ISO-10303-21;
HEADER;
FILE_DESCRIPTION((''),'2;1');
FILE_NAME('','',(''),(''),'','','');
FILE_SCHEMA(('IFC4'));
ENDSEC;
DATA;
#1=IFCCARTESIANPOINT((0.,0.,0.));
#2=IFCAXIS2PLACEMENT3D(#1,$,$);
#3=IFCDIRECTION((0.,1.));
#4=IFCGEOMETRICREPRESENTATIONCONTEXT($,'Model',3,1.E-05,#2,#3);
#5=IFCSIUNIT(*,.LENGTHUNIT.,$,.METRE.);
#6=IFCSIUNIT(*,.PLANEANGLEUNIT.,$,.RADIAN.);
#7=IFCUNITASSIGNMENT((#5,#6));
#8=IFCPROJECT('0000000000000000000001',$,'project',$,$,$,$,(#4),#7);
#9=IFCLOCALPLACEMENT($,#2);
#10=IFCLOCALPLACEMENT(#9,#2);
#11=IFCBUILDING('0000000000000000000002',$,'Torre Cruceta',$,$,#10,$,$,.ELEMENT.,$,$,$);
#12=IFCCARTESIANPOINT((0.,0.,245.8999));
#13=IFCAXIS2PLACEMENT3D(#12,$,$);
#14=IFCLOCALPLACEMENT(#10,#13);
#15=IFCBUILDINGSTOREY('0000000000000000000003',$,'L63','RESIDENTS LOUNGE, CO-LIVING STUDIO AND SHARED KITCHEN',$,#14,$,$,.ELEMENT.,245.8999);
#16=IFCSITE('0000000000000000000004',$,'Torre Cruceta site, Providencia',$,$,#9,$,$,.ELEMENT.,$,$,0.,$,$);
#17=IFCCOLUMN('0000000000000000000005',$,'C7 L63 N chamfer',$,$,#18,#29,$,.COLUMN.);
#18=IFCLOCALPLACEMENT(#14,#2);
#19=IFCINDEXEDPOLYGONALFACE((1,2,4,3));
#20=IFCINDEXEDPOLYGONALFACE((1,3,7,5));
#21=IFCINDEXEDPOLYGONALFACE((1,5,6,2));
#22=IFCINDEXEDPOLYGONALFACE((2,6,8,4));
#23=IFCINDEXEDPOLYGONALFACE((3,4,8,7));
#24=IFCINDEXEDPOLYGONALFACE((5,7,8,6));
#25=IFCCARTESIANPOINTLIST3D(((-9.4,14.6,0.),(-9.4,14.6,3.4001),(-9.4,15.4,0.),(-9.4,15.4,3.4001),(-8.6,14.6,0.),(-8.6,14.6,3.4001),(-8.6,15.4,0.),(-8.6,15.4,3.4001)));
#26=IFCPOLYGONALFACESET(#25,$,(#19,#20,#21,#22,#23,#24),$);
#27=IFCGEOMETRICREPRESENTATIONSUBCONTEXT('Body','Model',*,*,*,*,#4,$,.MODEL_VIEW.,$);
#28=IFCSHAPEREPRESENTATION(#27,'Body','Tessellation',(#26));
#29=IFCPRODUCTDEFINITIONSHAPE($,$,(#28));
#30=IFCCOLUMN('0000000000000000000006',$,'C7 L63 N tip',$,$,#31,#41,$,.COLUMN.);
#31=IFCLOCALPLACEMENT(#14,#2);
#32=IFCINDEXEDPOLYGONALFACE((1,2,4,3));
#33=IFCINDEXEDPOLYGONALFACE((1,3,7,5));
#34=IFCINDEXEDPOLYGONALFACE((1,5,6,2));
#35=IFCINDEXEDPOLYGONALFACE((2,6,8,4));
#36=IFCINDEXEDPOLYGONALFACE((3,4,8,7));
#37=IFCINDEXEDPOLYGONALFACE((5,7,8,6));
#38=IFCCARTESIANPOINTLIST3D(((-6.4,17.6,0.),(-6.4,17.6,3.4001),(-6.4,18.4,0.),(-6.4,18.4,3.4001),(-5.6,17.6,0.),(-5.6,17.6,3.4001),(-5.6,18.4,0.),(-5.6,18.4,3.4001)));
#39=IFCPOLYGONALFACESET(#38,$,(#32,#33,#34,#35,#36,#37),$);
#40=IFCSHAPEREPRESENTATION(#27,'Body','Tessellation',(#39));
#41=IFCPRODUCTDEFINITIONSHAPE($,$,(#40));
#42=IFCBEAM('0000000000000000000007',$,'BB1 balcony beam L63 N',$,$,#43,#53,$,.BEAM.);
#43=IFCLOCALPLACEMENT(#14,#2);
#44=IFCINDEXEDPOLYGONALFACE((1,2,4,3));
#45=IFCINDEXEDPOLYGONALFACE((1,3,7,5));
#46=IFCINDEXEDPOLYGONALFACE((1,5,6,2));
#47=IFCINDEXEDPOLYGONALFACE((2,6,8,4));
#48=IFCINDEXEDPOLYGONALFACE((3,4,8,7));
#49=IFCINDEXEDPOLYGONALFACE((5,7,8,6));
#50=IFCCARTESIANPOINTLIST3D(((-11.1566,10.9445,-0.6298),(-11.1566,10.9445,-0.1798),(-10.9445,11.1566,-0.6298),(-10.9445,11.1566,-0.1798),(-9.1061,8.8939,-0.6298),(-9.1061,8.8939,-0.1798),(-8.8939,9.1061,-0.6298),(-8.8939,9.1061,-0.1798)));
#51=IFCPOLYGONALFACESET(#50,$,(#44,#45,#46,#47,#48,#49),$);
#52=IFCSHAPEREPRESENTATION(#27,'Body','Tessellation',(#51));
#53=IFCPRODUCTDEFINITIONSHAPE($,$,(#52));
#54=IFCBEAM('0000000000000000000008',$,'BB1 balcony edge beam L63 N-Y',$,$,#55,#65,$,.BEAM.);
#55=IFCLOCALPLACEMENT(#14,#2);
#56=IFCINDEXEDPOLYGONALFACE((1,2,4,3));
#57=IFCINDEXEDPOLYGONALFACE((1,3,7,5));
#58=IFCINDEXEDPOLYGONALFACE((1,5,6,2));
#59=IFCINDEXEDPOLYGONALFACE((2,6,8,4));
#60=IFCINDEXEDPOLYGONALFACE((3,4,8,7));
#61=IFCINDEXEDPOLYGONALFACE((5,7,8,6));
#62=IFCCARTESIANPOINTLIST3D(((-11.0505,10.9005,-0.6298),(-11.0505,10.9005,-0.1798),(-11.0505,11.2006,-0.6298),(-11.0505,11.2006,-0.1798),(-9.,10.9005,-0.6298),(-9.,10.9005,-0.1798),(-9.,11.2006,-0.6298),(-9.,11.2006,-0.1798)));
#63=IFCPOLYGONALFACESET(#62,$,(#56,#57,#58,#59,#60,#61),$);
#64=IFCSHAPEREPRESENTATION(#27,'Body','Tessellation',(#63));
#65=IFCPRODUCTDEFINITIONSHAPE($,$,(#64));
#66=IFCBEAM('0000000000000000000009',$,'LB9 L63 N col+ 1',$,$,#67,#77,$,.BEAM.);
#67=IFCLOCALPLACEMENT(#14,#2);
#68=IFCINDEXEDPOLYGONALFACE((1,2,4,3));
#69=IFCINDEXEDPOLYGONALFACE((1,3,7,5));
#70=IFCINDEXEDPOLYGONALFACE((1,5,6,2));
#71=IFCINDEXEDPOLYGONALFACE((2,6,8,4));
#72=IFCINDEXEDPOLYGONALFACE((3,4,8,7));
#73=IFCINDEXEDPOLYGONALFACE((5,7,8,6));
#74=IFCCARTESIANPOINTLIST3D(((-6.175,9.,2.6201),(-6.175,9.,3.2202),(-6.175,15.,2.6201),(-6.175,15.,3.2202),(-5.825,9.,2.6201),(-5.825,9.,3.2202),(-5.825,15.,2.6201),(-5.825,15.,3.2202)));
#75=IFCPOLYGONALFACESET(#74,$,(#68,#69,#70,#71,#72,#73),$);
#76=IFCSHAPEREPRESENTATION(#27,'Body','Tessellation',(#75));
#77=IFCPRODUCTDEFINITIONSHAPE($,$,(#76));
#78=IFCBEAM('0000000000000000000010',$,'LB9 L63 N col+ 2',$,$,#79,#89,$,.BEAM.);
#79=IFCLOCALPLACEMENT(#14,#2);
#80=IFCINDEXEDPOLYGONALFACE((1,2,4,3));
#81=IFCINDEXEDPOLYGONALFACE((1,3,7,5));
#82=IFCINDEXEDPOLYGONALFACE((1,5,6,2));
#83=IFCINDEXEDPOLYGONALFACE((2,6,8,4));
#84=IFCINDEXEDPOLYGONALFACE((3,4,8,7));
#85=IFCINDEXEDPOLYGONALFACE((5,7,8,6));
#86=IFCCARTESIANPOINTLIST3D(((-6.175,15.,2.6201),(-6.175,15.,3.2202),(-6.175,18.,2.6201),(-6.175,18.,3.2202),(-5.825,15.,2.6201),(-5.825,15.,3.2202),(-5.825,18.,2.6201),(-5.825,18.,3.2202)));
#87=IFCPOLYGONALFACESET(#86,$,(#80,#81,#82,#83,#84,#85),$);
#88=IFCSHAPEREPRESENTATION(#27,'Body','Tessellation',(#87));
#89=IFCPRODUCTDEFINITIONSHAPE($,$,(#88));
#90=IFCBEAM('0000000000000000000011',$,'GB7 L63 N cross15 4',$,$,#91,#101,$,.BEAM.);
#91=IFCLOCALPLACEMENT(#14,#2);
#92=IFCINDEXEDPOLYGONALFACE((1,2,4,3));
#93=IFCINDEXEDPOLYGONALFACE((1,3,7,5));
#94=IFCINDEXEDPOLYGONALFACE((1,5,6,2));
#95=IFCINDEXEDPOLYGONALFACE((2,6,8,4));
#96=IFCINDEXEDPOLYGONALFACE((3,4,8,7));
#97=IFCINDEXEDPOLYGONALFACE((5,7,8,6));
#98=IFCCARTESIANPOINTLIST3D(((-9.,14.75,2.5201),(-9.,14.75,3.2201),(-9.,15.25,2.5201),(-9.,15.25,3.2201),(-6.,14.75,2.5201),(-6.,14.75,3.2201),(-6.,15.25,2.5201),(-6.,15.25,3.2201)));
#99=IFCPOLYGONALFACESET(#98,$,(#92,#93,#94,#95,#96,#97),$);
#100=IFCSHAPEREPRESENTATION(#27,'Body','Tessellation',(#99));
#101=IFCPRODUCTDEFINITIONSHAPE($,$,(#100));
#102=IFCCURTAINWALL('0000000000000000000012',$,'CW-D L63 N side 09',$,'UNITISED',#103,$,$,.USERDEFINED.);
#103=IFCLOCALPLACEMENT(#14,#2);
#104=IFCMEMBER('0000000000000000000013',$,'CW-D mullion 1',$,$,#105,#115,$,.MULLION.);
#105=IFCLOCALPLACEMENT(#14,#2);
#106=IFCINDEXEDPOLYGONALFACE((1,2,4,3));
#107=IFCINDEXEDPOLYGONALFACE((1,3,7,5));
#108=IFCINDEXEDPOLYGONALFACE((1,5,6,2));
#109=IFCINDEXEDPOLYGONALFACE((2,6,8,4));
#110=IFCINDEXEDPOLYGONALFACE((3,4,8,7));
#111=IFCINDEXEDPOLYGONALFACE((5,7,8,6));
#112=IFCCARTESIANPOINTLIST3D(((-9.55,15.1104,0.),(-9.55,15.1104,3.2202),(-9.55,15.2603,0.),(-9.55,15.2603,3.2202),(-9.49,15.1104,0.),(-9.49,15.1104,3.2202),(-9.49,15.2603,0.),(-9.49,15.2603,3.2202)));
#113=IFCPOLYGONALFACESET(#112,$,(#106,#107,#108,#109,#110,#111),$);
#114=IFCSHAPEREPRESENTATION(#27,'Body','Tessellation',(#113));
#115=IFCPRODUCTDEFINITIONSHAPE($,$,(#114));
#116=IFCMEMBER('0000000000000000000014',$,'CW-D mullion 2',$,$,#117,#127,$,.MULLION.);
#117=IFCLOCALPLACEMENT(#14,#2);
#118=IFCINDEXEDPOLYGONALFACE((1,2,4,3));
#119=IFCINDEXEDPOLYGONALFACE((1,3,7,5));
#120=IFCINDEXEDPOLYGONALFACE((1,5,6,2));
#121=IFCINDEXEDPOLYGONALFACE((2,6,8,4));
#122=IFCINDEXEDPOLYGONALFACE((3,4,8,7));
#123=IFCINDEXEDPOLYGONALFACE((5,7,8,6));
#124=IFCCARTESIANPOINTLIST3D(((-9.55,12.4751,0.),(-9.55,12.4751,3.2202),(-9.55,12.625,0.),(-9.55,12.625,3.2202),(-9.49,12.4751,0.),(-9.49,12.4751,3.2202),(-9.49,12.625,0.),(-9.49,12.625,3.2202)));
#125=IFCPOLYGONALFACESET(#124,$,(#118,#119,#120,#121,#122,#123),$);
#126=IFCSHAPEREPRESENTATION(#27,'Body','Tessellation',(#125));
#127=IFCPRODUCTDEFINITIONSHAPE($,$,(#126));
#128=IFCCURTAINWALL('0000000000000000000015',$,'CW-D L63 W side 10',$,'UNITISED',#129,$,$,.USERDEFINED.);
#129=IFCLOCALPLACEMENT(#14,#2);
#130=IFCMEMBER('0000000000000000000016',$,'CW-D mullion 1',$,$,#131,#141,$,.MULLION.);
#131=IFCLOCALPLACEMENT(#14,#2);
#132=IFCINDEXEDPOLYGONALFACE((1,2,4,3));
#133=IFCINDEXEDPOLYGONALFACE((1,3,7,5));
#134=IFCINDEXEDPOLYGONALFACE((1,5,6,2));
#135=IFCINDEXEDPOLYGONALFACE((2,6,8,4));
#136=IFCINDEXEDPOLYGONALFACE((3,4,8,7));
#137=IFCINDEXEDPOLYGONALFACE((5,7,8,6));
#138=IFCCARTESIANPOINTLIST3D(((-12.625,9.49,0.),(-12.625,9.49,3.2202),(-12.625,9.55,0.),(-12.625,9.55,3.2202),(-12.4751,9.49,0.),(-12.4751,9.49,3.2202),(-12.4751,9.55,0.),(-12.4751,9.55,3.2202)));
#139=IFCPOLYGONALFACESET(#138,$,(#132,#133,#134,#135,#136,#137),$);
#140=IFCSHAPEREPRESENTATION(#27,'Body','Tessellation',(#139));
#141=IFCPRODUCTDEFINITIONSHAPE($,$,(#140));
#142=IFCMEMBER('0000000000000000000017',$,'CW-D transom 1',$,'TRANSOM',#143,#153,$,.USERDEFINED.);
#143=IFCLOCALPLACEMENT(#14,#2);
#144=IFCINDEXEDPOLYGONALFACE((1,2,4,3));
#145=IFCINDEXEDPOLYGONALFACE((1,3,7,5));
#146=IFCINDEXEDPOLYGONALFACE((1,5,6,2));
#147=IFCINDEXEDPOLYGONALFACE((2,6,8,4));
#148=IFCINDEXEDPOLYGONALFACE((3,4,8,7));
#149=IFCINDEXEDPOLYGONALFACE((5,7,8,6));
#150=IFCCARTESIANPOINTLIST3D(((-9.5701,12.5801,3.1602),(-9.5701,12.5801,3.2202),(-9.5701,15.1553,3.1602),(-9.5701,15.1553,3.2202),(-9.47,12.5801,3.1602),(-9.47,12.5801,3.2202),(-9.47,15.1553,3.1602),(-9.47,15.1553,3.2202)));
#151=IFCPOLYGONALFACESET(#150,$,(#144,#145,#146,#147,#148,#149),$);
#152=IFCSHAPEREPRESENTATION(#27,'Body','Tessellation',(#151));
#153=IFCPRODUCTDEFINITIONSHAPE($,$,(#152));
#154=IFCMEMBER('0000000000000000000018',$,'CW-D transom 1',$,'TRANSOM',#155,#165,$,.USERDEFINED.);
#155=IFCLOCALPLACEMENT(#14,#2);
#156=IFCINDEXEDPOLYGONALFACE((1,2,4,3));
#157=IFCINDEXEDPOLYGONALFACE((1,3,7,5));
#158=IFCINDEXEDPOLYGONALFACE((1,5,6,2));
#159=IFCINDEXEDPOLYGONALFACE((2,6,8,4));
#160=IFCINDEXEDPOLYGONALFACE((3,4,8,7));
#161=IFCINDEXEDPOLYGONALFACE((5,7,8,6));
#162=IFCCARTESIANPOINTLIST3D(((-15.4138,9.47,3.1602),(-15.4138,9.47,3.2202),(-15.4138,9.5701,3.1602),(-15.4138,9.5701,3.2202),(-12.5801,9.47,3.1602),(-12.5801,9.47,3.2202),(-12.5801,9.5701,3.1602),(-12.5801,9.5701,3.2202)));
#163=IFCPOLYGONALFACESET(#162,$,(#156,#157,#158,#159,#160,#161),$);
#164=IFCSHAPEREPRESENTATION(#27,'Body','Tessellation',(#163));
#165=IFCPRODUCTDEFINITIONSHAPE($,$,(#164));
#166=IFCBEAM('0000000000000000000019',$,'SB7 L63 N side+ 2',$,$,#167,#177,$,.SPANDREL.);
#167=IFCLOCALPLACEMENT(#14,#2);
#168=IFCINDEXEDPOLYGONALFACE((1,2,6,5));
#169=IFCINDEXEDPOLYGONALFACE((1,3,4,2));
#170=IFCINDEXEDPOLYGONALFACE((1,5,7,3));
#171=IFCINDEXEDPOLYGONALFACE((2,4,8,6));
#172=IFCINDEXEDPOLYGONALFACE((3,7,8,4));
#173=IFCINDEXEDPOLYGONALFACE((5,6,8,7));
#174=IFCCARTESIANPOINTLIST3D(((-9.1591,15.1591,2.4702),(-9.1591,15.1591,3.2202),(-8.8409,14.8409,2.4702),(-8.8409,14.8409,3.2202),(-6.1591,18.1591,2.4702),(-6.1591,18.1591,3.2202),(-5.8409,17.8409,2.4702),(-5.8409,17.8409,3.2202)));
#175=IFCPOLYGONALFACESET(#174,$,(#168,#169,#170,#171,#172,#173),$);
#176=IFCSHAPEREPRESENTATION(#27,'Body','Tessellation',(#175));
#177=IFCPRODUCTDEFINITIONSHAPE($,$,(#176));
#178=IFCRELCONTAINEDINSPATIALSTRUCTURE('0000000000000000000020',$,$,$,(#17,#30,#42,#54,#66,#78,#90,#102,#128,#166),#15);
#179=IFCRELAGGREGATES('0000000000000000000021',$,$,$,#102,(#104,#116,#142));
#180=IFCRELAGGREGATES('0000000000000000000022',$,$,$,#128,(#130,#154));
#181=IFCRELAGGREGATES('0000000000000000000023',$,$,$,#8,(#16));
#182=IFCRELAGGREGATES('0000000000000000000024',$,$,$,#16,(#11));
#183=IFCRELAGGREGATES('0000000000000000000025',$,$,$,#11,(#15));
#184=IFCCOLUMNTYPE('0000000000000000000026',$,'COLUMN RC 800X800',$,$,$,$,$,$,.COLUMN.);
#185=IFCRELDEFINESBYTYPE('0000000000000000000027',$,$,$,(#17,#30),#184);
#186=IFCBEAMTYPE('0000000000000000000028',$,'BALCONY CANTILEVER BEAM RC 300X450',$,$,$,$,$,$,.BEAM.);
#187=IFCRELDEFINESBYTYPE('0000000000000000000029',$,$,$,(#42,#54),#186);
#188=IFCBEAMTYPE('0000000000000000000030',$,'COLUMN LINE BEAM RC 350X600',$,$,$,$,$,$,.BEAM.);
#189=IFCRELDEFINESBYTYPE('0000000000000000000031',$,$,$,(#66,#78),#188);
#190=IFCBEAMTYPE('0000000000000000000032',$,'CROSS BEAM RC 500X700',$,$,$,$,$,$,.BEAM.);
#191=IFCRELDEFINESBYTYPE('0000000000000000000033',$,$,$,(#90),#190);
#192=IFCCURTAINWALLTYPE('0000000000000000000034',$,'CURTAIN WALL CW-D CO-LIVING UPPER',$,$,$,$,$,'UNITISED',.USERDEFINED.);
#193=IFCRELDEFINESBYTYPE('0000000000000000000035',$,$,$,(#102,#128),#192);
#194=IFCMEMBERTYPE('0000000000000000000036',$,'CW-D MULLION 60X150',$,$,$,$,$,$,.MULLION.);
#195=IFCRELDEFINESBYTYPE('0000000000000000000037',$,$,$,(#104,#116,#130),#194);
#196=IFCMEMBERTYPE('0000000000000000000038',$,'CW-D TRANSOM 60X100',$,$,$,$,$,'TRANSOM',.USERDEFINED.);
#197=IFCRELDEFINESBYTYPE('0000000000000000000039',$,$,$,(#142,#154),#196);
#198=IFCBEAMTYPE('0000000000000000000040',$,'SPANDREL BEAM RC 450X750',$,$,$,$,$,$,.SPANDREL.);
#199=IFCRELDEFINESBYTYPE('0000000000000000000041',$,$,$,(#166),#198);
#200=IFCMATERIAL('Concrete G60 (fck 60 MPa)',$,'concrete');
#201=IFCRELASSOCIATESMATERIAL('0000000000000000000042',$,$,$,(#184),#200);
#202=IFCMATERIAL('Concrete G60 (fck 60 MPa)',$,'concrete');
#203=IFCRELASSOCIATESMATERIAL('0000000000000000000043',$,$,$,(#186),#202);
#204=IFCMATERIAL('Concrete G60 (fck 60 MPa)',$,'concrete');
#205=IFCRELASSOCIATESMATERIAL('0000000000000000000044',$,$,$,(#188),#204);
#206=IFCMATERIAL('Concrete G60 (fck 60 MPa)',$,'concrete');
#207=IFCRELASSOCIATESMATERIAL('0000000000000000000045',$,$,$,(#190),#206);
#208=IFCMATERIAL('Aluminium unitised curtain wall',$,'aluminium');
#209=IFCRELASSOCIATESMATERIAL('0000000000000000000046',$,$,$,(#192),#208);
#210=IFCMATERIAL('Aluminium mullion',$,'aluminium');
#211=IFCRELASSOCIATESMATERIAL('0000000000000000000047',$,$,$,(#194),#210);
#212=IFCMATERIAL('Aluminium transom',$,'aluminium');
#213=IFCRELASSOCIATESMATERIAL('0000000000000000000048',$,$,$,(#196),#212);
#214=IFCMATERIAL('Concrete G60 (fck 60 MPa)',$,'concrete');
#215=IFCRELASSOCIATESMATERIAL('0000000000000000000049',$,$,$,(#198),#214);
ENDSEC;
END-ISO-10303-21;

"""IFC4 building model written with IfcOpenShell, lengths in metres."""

from ifc_helpers import new_model, si_unit, direction, frame, origin, origin_2d, place, context, subcontext, project, spatial, rectangle, extrude, material, material_profile, profile_set, type_object, element, aggregate, save


model = new_model("IFC4")

# Units and contexts
model_context = context("Model", 3, precision=1e-05, world=origin(), true_north=direction((0.0, 1.0)))
body_context = subcontext(model_context, "Body", "Model", "MODEL_VIEW")
ifc_project = project(units=[si_unit("LENGTHUNIT", "METRE"), si_unit("PLANEANGLEUNIT", "RADIAN")], contexts=[model_context])

# Site, building, storey
site_placement = place(None, origin())
site = spatial("IfcSite", under=ifc_project, at=site_placement, Name="Torre Cruceta site, Providencia", CompositionType="ELEMENT", RefElevation=0.0)
building_placement = place(site_placement, origin())
building = spatial("IfcBuilding", under=site, at=building_placement, Name="Torre Cruceta", CompositionType="ELEMENT")
storey_placement = place(building_placement, frame((0.0, 0.0, 245.8999)))
storey = spatial("IfcBuildingStorey", under=building, at=storey_placement, Name="L63", Description="RESIDENTS LOUNGE, CO-LIVING STUDIO AND SHARED KITCHEN", CompositionType="ELEMENT", Elevation=245.8999)

# Columns
ifc_material_1 = material(Name="Concrete G60 (fck 60 MPa)", Category="concrete")
ifc_material_profile_1 = material_profile(ifc_material_1, rectangle(XDim=0.8, YDim=0.8, at=origin_2d()), Name="RC 800X800")
ifc_profile_set_1 = profile_set([ifc_material_profile_1], Name="Concrete G60 (fck 60 MPa)")
column_type = type_object("IfcColumnType", Name="COLUMN RC 800X800", PredefinedType="COLUMN", material=ifc_profile_set_1)
for number, where, z_axis, x_axis, name in (
    (1, (-9.0, 15.0, 0.0), (0.0, 0.0, 1.0), (1.0, 0.0, 0.0), "C7 L63 N chamfer"),
    (2, (-6.0, 18.0, 0.0), (0.0, 0.0, 1.0), (1.0, 0.0, 0.0), "C7 L63 N tip"),
):
    element("IfcColumn", number, at=place(storey_placement, frame(where, z_axis=z_axis, x_axis=x_axis)), inside=storey, type_object=column_type, Name=name, PredefinedType="COLUMN", context=body_context, shape_type="SweptSolid", body=[
        extrude(rectangle(XDim=0.8, YDim=0.8, at=origin_2d()), origin(), (0.0, 0.0, 1.0), 3.4001),
    ])

# Beams
ifc_material_2 = material(Name="Concrete G60 (fck 60 MPa)", Category="concrete")
ifc_material_profile_2 = material_profile(ifc_material_2, rectangle(XDim=0.3, YDim=0.45, at=origin_2d()), Name="RC 300X450")
ifc_profile_set_2 = profile_set([ifc_material_profile_2], Name="Concrete G60 (fck 60 MPa)")
beam_type_1 = type_object("IfcBeamType", Name="BALCONY CANTILEVER BEAM RC 300X450", PredefinedType="BEAM", material=ifc_profile_set_2)
beam_1_placement = place(storey_placement, frame((-9.0, 9.0, -0.4048), z_axis=(-0.707107, 0.707107, 0.0), x_axis=(-0.707107, -0.707107, 0.0)))
element("IfcBeam", 3, at=beam_1_placement, inside=storey, type_object=beam_type_1, Name="BB1 balcony beam L63 N", PredefinedType="BEAM", context=body_context, shape_type="SweptSolid", body=[
    extrude(rectangle(XDim=0.3, YDim=0.45, at=origin_2d()), origin(), (0.0, 0.0, 1.0), 2.8999),
])
beam_2_placement = place(storey_placement, frame((-9.0, 11.0505, -0.4048), z_axis=(-1.0, 0.0, 0.0), x_axis=(0.0, -1.0, 0.0)))
element("IfcBeam", 4, at=beam_2_placement, inside=storey, type_object=beam_type_1, Name="BB1 balcony edge beam L63 N-Y", PredefinedType="BEAM", context=body_context, shape_type="SweptSolid", body=[
    extrude(rectangle(XDim=0.3, YDim=0.45, at=origin_2d()), origin(), (0.0, 0.0, 1.0), 2.0505),
])
ifc_material_3 = material(Name="Concrete G60 (fck 60 MPa)", Category="concrete")
ifc_material_profile_3 = material_profile(ifc_material_3, rectangle(XDim=0.3501, YDim=0.6001, at=origin_2d()), Name="RC 350X600")
ifc_profile_set_3 = profile_set([ifc_material_profile_3], Name="Concrete G60 (fck 60 MPa)")
beam_type_2 = type_object("IfcBeamType", Name="COLUMN LINE BEAM RC 350X600", PredefinedType="BEAM", material=ifc_profile_set_3)
beam_3_placement = place(storey_placement, frame((-6.0, 9.0, 2.9202), z_axis=(0.0, 1.0, 0.0), x_axis=(-1.0, 0.0, 0.0)))
element("IfcBeam", 5, at=beam_3_placement, inside=storey, type_object=beam_type_2, Name="LB9 L63 N col+ 1", PredefinedType="BEAM", context=body_context, shape_type="SweptSolid", body=[
    extrude(rectangle(XDim=0.3501, YDim=0.6001, at=origin_2d()), origin(), (0.0, 0.0, 1.0), 6.0),
])
beam_4_placement = place(storey_placement, frame((-6.0, 15.0, 2.9202), z_axis=(0.0, 1.0, 0.0), x_axis=(-1.0, 0.0, 0.0)))
element("IfcBeam", 6, at=beam_4_placement, inside=storey, type_object=beam_type_2, Name="LB9 L63 N col+ 2", PredefinedType="BEAM", context=body_context, shape_type="SweptSolid", body=[
    extrude(rectangle(XDim=0.3501, YDim=0.6001, at=origin_2d()), origin(), (0.0, 0.0, 1.0), 3.0),
])
ifc_material_4 = material(Name="Concrete G60 (fck 60 MPa)", Category="concrete")
ifc_material_profile_4 = material_profile(ifc_material_4, rectangle(XDim=0.5, YDim=0.7, at=origin_2d()), Name="RC 500X700")
ifc_profile_set_4 = profile_set([ifc_material_profile_4], Name="Concrete G60 (fck 60 MPa)")
beam_type_3 = type_object("IfcBeamType", Name="CROSS BEAM RC 500X700", PredefinedType="BEAM", material=ifc_profile_set_4)
beam_5_placement = place(storey_placement, frame((-6.0, 15.0, 2.8701), z_axis=(-1.0, 0.0, 0.0), x_axis=(0.0, -1.0, 0.0)))
element("IfcBeam", 7, at=beam_5_placement, inside=storey, type_object=beam_type_3, Name="GB7 L63 N cross15 4", PredefinedType="BEAM", context=body_context, shape_type="SweptSolid", body=[
    extrude(rectangle(XDim=0.5, YDim=0.7, at=origin_2d()), origin(), (0.0, 0.0, 1.0), 3.0),
])

# Curtain wall, members
ifc_material_5 = material(Name="Aluminium unitised curtain wall", Category="aluminium")
curtain_wall_type = type_object("IfcCurtainWallType", Name="CURTAIN WALL CW-D CO-LIVING UPPER", ElementType="UNITISED", PredefinedType="USERDEFINED", material=ifc_material_5)
curtain_wall_1_placement = place(storey_placement, origin())
curtain_wall_1 = element("IfcCurtainWall", 8, at=curtain_wall_1_placement, inside=storey, type_object=curtain_wall_type, Name="CW-D L63 N side 09", ObjectType="UNITISED", PredefinedType="USERDEFINED")
ifc_material_6 = material(Name="Aluminium mullion", Category="aluminium")
ifc_material_profile_5 = material_profile(ifc_material_6, rectangle(XDim=0.0601, YDim=0.1499, at=origin_2d()), Name="AL 60X150")
ifc_profile_set_5 = profile_set([ifc_material_profile_5], Name="Aluminium mullion")
member_type_1 = type_object("IfcMemberType", Name="CW-D MULLION 60X150", PredefinedType="MULLION", material=ifc_profile_set_5)
member_1_placement = place(storey_placement, frame((-9.52, 15.1853, 0.0), z_axis=(0.0, 0.0, 1.0), x_axis=(1.0, 0.0, 0.0)))
member_1 = element("IfcMember", 9, at=member_1_placement, type_object=member_type_1, Name="CW-D mullion 1", PredefinedType="MULLION", context=body_context, shape_type="SweptSolid", body=[
    extrude(rectangle(XDim=0.0601, YDim=0.1499, at=origin_2d()), origin(), (0.0, 0.0, 1.0), 3.2202),
])
member_2_placement = place(storey_placement, frame((-9.52, 12.55, 0.0), z_axis=(0.0, 0.0, 1.0), x_axis=(1.0, 0.0, 0.0)))
member_2 = element("IfcMember", 10, at=member_2_placement, type_object=member_type_1, Name="CW-D mullion 2", PredefinedType="MULLION", context=body_context, shape_type="SweptSolid", body=[
    extrude(rectangle(XDim=0.0601, YDim=0.1499, at=origin_2d()), origin(), (0.0, 0.0, 1.0), 3.2202),
])

# Curtain wall, member
curtain_wall_2_placement = place(storey_placement, origin())
curtain_wall_2 = element("IfcCurtainWall", 11, at=curtain_wall_2_placement, inside=storey, type_object=curtain_wall_type, Name="CW-D L63 W side 10", ObjectType="UNITISED", PredefinedType="USERDEFINED")
member_3_placement = place(storey_placement, frame((-12.55, 9.52, 0.0), z_axis=(0.0, 0.0, 1.0), x_axis=(0.0, -1.0, 0.0)))
member_3 = element("IfcMember", 12, at=member_3_placement, type_object=member_type_1, Name="CW-D mullion 1", PredefinedType="MULLION", context=body_context, shape_type="SweptSolid", body=[
    extrude(rectangle(XDim=0.0601, YDim=0.1499, at=origin_2d()), origin(), (0.0, 0.0, 1.0), 3.2202),
])

# Members
ifc_material_7 = material(Name="Aluminium transom", Category="aluminium")
ifc_material_profile_6 = material_profile(ifc_material_7, rectangle(XDim=0.1001, YDim=0.0601, at=origin_2d()), Name="AL 100X60")
ifc_profile_set_6 = profile_set([ifc_material_profile_6], Name="Aluminium transom")
member_type_2 = type_object("IfcMemberType", Name="CW-D TRANSOM 60X100", ElementType="TRANSOM", PredefinedType="USERDEFINED", material=ifc_profile_set_6)
member_4_placement = place(storey_placement, frame((-9.52, 15.1553, 3.1902), z_axis=(0.0, -1.0, 0.0), x_axis=(1.0, 0.0, 0.0)))
member_4 = element("IfcMember", 13, at=member_4_placement, type_object=member_type_2, Name="CW-D transom 1", ObjectType="TRANSOM", PredefinedType="USERDEFINED", context=body_context, shape_type="SweptSolid", body=[
    extrude(rectangle(XDim=0.1001, YDim=0.0601, at=origin_2d()), origin(), (0.0, 0.0, 1.0), 2.5752),
])
member_5_placement = place(storey_placement, frame((-12.5801, 9.52, 3.1902), z_axis=(-1.0, 0.0, 0.0), x_axis=(0.0, -1.0, 0.0)))
member_5 = element("IfcMember", 14, at=member_5_placement, type_object=member_type_2, Name="CW-D transom 1", ObjectType="TRANSOM", PredefinedType="USERDEFINED", context=body_context, shape_type="SweptSolid", body=[
    extrude(rectangle(XDim=0.1001, YDim=0.0601, at=origin_2d()), origin(), (0.0, 0.0, 1.0), 2.8337),
])

# Beam
ifc_material_8 = material(Name="Concrete G60 (fck 60 MPa)", Category="concrete")
ifc_material_profile_7 = material_profile(ifc_material_8, rectangle(XDim=0.45, YDim=0.75, at=origin_2d()), Name="RC 450X750")
ifc_profile_set_7 = profile_set([ifc_material_profile_7], Name="Concrete G60 (fck 60 MPa)")
beam_type_4 = type_object("IfcBeamType", Name="SPANDREL BEAM RC 450X750", PredefinedType="SPANDREL", material=ifc_profile_set_7)
beam_6_placement = place(storey_placement, frame((-9.0, 15.0, 2.8452), z_axis=(0.707107, 0.707107, 0.0), x_axis=(-0.707107, 0.707107, 0.0)))
element("IfcBeam", 15, at=beam_6_placement, inside=storey, type_object=beam_type_4, Name="SB7 L63 N side+ 2", PredefinedType="SPANDREL", context=body_context, shape_type="SweptSolid", body=[
    extrude(rectangle(XDim=0.45, YDim=0.75, at=origin_2d()), origin(), (0.0, 0.0, 1.0), 4.2427),
])

aggregate(curtain_wall_1, [member_1, member_2, member_4])
aggregate(curtain_wall_2, [member_3, member_5])

save(model, "model.ifc")
